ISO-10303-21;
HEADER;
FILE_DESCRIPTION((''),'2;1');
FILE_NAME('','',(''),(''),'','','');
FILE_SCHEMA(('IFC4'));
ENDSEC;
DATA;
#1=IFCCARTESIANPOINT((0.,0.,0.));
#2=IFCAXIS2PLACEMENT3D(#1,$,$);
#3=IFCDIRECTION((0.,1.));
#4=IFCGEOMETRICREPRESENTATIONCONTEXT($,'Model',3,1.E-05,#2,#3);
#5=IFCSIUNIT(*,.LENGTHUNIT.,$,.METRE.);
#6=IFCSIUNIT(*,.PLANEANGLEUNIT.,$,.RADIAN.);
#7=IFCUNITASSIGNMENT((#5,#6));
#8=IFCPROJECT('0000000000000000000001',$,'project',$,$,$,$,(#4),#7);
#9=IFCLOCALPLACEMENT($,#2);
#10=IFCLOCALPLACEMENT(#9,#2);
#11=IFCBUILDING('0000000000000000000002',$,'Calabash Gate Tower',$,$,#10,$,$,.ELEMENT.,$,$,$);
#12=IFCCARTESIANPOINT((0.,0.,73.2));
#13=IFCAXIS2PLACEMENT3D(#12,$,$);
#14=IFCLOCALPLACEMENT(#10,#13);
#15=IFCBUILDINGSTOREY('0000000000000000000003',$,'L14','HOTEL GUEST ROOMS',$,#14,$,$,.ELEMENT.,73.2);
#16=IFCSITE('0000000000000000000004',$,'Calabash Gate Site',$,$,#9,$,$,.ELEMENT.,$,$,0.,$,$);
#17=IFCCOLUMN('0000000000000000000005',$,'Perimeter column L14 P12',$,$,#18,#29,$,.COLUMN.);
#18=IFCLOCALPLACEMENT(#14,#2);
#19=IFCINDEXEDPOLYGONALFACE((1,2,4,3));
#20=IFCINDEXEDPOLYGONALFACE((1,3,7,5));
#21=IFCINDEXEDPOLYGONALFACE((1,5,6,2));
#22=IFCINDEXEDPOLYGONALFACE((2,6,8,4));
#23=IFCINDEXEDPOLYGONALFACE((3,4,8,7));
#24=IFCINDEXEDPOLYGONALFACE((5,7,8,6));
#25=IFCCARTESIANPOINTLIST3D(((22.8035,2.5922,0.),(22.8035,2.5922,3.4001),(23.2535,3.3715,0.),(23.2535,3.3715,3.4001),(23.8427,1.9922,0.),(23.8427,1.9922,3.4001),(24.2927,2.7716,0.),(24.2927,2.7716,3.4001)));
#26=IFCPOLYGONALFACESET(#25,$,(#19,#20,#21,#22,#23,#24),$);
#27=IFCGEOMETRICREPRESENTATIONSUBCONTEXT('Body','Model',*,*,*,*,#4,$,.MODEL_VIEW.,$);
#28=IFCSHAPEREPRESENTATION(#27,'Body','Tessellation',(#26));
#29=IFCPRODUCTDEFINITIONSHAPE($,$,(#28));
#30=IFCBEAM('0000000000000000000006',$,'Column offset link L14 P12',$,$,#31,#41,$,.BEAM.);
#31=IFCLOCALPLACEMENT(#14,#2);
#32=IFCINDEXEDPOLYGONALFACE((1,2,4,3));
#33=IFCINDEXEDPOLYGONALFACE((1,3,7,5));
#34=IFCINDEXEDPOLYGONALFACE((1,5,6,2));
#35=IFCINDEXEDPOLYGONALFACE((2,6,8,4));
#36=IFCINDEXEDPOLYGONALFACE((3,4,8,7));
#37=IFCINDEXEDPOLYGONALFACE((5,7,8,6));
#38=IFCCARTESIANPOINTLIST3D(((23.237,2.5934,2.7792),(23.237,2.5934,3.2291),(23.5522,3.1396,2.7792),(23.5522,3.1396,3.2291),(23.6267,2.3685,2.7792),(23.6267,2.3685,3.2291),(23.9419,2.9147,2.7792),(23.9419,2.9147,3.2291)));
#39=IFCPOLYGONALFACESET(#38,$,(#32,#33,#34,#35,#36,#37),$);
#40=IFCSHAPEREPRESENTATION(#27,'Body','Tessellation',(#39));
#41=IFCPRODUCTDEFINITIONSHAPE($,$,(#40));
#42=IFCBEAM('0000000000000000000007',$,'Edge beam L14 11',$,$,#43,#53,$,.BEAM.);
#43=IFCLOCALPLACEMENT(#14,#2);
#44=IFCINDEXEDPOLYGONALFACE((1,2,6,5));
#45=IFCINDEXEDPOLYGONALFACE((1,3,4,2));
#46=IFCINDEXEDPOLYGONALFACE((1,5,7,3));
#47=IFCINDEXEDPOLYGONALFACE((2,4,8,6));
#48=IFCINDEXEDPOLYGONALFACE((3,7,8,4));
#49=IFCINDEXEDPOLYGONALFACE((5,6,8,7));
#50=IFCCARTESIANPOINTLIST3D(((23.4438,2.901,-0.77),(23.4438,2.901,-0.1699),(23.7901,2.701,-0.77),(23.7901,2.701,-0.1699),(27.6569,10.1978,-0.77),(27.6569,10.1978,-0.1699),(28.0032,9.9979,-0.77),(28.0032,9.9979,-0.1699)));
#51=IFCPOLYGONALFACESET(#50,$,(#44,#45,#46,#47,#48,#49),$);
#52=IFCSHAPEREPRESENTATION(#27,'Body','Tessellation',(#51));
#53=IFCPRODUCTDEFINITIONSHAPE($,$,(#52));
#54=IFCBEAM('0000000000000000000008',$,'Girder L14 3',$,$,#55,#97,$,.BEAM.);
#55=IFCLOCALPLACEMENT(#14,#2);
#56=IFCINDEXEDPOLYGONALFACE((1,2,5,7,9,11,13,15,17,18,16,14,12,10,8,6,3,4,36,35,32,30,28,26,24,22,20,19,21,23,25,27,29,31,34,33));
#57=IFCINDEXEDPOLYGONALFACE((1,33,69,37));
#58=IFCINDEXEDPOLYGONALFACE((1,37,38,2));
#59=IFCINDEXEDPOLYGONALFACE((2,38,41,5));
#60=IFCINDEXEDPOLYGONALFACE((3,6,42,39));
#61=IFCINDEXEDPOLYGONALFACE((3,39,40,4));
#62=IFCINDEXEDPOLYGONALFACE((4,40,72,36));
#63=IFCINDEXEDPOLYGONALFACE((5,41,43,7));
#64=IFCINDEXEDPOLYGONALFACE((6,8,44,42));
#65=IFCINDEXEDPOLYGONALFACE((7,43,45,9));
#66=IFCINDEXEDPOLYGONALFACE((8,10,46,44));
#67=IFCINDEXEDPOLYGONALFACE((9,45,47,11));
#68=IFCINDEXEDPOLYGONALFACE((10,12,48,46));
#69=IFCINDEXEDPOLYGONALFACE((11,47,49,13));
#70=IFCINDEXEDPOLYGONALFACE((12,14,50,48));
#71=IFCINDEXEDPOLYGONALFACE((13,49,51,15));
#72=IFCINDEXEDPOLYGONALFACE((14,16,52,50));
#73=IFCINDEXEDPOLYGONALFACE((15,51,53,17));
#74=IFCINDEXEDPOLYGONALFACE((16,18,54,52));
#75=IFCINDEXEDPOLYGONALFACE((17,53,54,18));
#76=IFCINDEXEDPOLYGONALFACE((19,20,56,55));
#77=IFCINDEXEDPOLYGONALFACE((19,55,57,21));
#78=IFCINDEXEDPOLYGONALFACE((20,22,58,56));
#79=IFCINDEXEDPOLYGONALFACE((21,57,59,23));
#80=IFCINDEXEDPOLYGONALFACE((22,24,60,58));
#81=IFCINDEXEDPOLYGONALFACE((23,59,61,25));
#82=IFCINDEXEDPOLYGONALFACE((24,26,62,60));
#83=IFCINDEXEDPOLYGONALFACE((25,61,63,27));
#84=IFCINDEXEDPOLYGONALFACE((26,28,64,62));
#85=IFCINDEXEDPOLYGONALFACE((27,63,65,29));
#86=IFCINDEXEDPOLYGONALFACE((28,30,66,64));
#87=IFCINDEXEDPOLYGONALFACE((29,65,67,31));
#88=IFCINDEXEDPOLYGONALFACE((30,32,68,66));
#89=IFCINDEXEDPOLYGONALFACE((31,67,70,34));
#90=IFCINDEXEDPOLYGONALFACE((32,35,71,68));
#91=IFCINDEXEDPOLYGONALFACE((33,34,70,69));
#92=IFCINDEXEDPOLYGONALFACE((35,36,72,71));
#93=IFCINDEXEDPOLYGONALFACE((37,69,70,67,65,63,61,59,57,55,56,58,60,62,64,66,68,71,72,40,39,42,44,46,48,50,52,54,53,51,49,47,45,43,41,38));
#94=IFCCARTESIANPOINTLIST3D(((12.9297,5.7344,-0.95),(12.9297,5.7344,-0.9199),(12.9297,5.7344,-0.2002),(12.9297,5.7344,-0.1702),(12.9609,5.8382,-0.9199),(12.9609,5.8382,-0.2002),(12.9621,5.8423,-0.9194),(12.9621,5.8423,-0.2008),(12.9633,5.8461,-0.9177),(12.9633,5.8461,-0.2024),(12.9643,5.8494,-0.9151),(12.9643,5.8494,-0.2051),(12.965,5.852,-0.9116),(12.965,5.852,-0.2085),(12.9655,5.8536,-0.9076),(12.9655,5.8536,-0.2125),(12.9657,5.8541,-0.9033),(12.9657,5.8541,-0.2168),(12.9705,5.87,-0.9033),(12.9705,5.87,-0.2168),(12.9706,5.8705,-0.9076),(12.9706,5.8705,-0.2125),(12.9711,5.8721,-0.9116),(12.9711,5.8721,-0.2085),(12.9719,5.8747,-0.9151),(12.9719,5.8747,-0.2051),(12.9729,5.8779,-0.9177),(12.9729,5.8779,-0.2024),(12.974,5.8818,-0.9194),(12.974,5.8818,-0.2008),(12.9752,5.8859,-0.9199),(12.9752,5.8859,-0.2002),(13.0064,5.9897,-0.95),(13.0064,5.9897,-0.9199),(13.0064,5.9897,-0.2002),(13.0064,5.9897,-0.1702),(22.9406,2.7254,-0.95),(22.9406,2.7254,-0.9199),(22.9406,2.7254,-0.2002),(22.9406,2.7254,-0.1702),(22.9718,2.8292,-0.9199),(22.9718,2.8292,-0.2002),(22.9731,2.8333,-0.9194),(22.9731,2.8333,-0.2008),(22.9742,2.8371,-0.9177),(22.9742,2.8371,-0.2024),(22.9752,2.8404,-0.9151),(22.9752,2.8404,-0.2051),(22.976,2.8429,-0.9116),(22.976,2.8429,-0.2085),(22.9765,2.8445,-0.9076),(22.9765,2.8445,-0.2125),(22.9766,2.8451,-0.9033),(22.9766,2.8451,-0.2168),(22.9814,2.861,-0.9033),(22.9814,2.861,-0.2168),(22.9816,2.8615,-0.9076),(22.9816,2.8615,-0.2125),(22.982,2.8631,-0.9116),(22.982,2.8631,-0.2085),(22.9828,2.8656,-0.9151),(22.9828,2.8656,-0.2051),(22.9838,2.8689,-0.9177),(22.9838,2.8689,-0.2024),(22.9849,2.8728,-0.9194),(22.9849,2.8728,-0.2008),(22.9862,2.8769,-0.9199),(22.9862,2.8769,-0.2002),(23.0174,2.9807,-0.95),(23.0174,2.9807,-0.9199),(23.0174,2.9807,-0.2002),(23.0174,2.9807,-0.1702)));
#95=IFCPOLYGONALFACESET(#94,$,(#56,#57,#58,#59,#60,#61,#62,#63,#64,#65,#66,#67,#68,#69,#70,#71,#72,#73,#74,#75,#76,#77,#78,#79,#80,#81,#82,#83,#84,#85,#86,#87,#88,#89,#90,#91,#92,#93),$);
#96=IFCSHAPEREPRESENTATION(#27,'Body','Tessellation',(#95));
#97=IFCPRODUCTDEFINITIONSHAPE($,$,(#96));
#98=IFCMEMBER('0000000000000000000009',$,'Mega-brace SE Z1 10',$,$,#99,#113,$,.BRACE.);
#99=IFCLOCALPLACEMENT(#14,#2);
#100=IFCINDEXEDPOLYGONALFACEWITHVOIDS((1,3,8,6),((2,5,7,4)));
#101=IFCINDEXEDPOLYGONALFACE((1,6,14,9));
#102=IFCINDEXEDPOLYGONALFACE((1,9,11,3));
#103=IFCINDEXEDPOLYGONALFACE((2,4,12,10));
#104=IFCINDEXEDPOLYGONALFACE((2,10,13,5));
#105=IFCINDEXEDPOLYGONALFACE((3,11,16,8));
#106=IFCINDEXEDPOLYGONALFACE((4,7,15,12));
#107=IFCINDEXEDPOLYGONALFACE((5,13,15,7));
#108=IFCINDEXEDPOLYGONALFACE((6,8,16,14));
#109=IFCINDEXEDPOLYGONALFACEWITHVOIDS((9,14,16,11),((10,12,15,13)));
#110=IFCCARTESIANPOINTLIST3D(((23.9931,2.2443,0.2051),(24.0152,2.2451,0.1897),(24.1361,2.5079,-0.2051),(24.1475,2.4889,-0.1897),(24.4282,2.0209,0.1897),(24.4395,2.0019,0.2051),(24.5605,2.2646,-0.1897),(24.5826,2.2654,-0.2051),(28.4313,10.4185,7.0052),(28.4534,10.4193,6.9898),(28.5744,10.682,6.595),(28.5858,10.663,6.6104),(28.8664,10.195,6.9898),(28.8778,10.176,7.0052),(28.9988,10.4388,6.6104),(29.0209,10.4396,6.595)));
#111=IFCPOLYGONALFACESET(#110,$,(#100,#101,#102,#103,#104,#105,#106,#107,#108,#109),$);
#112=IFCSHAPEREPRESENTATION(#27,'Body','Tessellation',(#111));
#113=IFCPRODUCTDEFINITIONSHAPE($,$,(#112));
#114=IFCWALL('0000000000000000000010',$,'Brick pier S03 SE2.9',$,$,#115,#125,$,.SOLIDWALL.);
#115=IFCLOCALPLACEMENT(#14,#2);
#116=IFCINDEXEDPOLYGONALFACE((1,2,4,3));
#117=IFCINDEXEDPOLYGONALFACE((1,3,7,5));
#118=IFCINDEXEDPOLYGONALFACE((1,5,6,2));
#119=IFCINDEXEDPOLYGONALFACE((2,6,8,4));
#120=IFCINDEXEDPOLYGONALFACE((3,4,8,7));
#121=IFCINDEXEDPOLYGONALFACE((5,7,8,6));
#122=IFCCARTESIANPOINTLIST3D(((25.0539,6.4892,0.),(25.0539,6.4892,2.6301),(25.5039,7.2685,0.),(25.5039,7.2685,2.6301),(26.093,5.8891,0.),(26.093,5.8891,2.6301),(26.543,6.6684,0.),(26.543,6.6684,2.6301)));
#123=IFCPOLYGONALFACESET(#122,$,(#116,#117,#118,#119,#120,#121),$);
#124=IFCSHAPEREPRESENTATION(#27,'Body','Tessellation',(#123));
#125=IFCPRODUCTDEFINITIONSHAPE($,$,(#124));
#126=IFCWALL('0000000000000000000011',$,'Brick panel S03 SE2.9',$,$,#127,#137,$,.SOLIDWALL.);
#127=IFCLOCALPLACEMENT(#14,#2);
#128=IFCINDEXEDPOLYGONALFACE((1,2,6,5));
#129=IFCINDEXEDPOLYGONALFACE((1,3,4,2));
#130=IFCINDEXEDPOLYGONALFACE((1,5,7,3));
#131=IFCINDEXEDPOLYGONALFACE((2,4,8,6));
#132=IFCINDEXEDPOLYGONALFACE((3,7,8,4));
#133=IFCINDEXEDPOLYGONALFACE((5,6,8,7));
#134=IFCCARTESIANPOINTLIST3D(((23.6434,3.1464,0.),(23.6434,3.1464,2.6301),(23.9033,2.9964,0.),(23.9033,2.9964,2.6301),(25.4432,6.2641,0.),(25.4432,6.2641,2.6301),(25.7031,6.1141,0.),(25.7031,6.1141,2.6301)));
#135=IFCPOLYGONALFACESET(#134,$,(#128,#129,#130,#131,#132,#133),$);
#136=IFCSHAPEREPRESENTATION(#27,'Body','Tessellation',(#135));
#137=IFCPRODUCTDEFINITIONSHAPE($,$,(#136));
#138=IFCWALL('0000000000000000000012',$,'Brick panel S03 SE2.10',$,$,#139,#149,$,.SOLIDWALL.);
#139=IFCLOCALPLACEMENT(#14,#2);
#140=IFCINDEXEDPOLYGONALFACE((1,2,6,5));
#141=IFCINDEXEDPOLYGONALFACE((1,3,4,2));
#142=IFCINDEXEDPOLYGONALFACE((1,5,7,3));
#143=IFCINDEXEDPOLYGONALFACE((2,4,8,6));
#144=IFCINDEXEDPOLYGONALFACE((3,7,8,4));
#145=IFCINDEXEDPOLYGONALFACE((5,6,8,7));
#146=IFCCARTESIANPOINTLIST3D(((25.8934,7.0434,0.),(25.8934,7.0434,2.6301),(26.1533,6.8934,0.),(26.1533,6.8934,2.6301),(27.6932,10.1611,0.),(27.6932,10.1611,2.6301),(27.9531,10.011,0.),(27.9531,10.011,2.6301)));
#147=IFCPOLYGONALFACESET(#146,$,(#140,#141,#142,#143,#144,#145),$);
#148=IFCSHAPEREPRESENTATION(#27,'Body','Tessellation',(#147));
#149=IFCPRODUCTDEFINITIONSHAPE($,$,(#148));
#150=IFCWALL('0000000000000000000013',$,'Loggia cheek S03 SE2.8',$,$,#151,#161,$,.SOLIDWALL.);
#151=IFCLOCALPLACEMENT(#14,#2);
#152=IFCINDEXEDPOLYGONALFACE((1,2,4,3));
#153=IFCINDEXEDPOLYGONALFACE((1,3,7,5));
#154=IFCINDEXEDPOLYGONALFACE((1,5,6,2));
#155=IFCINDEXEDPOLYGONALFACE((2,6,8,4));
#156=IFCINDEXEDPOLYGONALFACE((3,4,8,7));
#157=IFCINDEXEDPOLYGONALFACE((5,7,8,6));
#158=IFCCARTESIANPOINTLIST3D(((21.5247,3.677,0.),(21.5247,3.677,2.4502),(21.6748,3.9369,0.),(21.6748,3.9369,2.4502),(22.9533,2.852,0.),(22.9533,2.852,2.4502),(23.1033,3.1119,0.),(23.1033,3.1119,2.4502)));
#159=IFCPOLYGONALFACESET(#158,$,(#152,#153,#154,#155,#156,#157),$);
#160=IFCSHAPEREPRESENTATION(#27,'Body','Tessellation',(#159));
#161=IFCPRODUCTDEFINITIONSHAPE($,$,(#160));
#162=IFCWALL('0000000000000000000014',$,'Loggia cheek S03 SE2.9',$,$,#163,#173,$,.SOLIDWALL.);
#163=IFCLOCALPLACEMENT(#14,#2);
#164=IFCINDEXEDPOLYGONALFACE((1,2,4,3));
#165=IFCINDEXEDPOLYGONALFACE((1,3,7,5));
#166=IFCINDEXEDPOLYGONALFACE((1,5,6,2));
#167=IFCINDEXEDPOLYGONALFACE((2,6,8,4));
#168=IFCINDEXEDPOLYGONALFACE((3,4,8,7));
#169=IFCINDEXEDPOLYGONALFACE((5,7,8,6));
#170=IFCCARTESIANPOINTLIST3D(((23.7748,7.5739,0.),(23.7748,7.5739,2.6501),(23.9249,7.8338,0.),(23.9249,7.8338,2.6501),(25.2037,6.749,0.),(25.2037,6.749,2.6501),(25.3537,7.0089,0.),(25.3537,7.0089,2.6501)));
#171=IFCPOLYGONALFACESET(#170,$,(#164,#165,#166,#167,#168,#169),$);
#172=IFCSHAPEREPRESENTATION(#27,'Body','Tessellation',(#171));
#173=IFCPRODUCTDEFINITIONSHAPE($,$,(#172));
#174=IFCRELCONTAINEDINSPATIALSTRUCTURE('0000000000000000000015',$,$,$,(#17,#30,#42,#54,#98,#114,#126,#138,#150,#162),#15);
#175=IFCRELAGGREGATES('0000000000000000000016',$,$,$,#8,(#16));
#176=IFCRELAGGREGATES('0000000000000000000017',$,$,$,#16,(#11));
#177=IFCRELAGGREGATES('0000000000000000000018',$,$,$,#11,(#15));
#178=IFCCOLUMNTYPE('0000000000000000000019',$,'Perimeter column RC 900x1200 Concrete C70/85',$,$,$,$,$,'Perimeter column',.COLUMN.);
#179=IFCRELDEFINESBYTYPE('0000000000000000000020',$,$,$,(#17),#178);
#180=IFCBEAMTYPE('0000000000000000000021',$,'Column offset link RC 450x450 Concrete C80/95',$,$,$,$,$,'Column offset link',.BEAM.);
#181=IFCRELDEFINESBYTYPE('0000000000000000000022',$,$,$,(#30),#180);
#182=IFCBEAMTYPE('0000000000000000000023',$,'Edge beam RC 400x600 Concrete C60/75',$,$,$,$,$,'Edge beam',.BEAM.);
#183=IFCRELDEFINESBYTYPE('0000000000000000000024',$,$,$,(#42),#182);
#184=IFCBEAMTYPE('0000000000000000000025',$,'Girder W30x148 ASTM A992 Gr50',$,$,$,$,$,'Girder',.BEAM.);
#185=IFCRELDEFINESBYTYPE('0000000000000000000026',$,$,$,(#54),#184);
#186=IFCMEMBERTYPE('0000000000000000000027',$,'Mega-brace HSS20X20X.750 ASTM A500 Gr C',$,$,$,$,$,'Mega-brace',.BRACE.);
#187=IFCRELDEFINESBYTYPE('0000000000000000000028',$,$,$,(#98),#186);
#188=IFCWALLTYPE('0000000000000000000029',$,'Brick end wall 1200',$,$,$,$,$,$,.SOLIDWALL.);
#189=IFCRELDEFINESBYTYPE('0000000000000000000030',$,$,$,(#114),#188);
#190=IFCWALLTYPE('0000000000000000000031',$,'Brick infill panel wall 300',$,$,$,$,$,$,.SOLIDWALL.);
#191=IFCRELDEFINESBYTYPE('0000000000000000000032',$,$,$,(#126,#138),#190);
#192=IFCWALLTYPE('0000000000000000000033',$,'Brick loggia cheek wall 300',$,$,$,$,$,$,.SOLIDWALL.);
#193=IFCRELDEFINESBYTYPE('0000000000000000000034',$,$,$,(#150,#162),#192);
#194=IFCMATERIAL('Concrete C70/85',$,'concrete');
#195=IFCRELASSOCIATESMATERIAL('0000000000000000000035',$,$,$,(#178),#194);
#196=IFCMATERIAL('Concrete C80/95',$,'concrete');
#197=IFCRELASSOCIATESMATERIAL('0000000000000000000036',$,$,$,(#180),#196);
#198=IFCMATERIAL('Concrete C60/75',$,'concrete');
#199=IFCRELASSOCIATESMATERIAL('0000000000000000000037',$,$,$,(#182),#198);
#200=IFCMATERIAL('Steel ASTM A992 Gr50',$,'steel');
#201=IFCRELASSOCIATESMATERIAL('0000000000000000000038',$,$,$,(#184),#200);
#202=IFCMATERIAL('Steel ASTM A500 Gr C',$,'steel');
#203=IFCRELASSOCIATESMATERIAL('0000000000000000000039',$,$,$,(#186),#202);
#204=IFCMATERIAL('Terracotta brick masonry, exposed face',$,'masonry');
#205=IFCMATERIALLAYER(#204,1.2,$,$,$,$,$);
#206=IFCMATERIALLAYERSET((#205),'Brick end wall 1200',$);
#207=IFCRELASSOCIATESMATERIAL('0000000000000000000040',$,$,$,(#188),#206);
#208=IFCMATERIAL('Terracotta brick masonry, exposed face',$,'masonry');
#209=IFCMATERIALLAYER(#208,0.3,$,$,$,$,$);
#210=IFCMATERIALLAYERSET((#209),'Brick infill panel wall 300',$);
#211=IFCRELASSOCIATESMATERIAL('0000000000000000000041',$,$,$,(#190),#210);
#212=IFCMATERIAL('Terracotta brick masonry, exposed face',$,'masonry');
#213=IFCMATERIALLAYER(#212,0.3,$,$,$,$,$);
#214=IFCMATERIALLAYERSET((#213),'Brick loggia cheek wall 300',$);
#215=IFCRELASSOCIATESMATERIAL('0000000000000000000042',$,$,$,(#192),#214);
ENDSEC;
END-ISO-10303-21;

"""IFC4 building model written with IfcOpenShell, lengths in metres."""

from ifc_helpers import new_model, si_unit, direction, frame, frame_2d, origin, origin_2d, place, context, subcontext, project, spatial, rectangle, hollow_rectangle, i_section, extrude, material, layer, layer_set, material_profile, profile_set, type_object, element, save


model = new_model("IFC4")

# Units and contexts
model_context = context("Model", 3, precision=1e-05, world=origin(), true_north=direction((0.0, 1.0)))
body_context = subcontext(model_context, "Body", "Model", "MODEL_VIEW")
ifc_project = project(units=[si_unit("LENGTHUNIT", "METRE"), si_unit("PLANEANGLEUNIT", "RADIAN")], contexts=[model_context])

# Site, building, storey
site_placement = place(None, origin())
site = spatial("IfcSite", under=ifc_project, at=site_placement, Name="Calabash Gate Site", CompositionType="ELEMENT", RefElevation=0.0)
building_placement = place(site_placement, origin())
building = spatial("IfcBuilding", under=site, at=building_placement, Name="Calabash Gate Tower", CompositionType="ELEMENT")
storey_placement = place(building_placement, frame((0.0, 0.0, 73.2)))
storey = spatial("IfcBuildingStorey", under=building, at=storey_placement, Name="L14", Description="HOTEL GUEST ROOMS", CompositionType="ELEMENT", Elevation=73.2)

# Column
ifc_material_1 = material(Name="Concrete C70/85", Category="concrete")
ifc_material_profile_1 = material_profile(ifc_material_1, rectangle(XDim=0.8999, YDim=1.2, at=origin_2d()))
ifc_profile_set_1 = profile_set([ifc_material_profile_1], Name="Concrete C70/85")
column_type = type_object("IfcColumnType", Name="Perimeter column RC 900x1200 Concrete C70/85", ElementType="Perimeter column", PredefinedType="COLUMN", material=ifc_profile_set_1)
column_placement = place(storey_placement, frame((23.5481, 2.6819, 0.0), z_axis=(0.0, 0.0, 1.0), x_axis=(0.5, 0.866025, 0.0)))
element("IfcColumn", 1, at=column_placement, inside=storey, type_object=column_type, Name="Perimeter column L14 P12", PredefinedType="COLUMN", context=body_context, shape_type="SweptSolid", body=[
    extrude(rectangle(XDim=0.8999, YDim=1.2, at=origin_2d()), origin(), (0.0, 0.0, 1.0), 3.4001),
])

# Beams
ifc_material_2 = material(Name="Concrete C80/95", Category="concrete")
ifc_material_profile_2 = material_profile(ifc_material_2, rectangle(XDim=0.45, YDim=0.45, at=origin_2d()))
ifc_profile_set_2 = profile_set([ifc_material_profile_2], Name="Concrete C80/95")
beam_type_1 = type_object("IfcBeamType", Name="Column offset link RC 450x450 Concrete C80/95", ElementType="Column offset link", PredefinedType="BEAM", material=ifc_profile_set_2)
beam_1_placement = place(storey_placement, frame((23.4319, 2.481, 3.0042), z_axis=(0.499845, 0.866115, 0.0), x_axis=(-0.866115, 0.499845, 0.0)))
element("IfcBeam", 2, at=beam_1_placement, inside=storey, type_object=beam_type_1, Name="Column offset link L14 P12", PredefinedType="BEAM", context=body_context, shape_type="SweptSolid", body=[
    extrude(rectangle(XDim=0.45, YDim=0.45, at=origin_2d()), origin(), (0.0, 0.0, 1.0), 0.6306),
])
ifc_material_3 = material(Name="Concrete C60/75", Category="concrete")
ifc_material_profile_3 = material_profile(ifc_material_3, rectangle(XDim=0.3999, YDim=0.6001, at=origin_2d()))
ifc_profile_set_3 = profile_set([ifc_material_profile_3], Name="Concrete C60/75")
beam_type_2 = type_object("IfcBeamType", Name="Edge beam RC 400x600 Concrete C60/75", ElementType="Edge beam", PredefinedType="BEAM", material=ifc_profile_set_3)
beam_2_placement = place(storey_placement, frame((23.6169, 2.801, -0.47), z_axis=(0.500025, 0.866011, 0.0), x_axis=(-0.866011, 0.500025, 0.0)))
element("IfcBeam", 3, at=beam_2_placement, inside=storey, type_object=beam_type_2, Name="Edge beam L14 11", PredefinedType="BEAM", context=body_context, shape_type="SweptSolid", body=[
    extrude(rectangle(XDim=0.3999, YDim=0.6001, at=origin_2d()), origin(), (0.0, 0.0, 1.0), 8.4258),
])
ifc_material_4 = material(Name="Steel ASTM A992 Gr50", Category="steel")
ifc_material_profile_4 = material_profile(ifc_material_4, i_section(OverallWidth=0.2666, OverallDepth=0.7798, WebThickness=0.0166, FlangeThickness=0.03, FilletRadius=0.0166, at=origin_2d()))
ifc_profile_set_4 = profile_set([ifc_material_profile_4], Name="Steel ASTM A992 Gr50")
beam_type_3 = type_object("IfcBeamType", Name="Girder W30x148 ASTM A992 Gr50", ElementType="Girder", PredefinedType="BEAM", material=ifc_profile_set_4)
beam_3_placement = place(storey_placement, frame((22.979, 2.853, -0.5601), z_axis=(-0.957675, 0.287851, 0.0), x_axis=(-0.287851, -0.957675, 0.0)))
element("IfcBeam", 4, at=beam_3_placement, inside=storey, type_object=beam_type_3, Name="Girder L14 3", PredefinedType="BEAM", context=body_context, shape_type="SweptSolid", body=[
    extrude(i_section(OverallWidth=0.2666, OverallDepth=0.7798, WebThickness=0.0166, FlangeThickness=0.03, FilletRadius=0.0166, at=origin_2d()), origin(), (0.0, 0.0, 1.0), 10.4534),
])

# Member
ifc_material_5 = material(Name="Steel ASTM A500 Gr C", Category="steel")
ifc_material_profile_5 = material_profile(ifc_material_5, hollow_rectangle(XDim=0.5081, YDim=0.5081, WallThickness=0.019, at=origin_2d()))
ifc_profile_set_5 = profile_set([ifc_material_profile_5], Name="Steel ASTM A500 Gr C")
member_type = type_object("IfcMemberType", Name="Mega-brace HSS20X20X.750 ASTM A500 Gr C", ElementType="Mega-brace", PredefinedType="BRACE", material=ifc_profile_set_5)
member_placement = place(storey_placement, frame((24.2878, 2.2549, 0.0), z_axis=(0.3852, 0.709438, 0.590185), x_axis=(-0.878814, 0.477165, 0.0)))
element("IfcMember", 5, at=member_placement, inside=storey, type_object=member_type, Name="Mega-brace SE Z1 10", PredefinedType="BRACE", context=body_context, shape_type="SweptSolid", body=[
    extrude(hollow_rectangle(XDim=0.5081, YDim=0.5081, WallThickness=0.019, at=origin_2d()), origin(), (0.0, 0.0, 1.0), 11.522),
])

# Walls
ifc_material_6 = material(Name="Terracotta brick masonry, exposed face", Category="masonry")
ifc_layer_1 = layer(ifc_material_6, 1.2)
ifc_layer_set_1 = layer_set([ifc_layer_1], Name="Brick end wall 1200")
wall_type_1 = type_object("IfcWallType", Name="Brick end wall 1200", PredefinedType="SOLIDWALL", material=ifc_layer_set_1)
wall_1_placement = place(storey_placement, frame((25.2788, 6.8789, 0.0), z_axis=(0.0, 0.0, 1.0), x_axis=(0.865955, -0.500122, 0.0)))
element("IfcWall", 6, at=wall_1_placement, inside=storey, type_object=wall_type_1, Name="Brick pier S03 SE2.9", PredefinedType="SOLIDWALL", context=body_context, shape_type="SweptSolid", body=[
    extrude(rectangle(XDim=1.2, YDim=0.8999, at=frame_2d((0.6001, 0.0))), origin(), (0.0, 0.0, 1.0), 2.6301),
])
ifc_material_7 = material(Name="Terracotta brick masonry, exposed face", Category="masonry")
ifc_layer_2 = layer(ifc_material_7, 0.3)
ifc_layer_set_2 = layer_set([ifc_layer_2], Name="Brick infill panel wall 300")
wall_type_2 = type_object("IfcWallType", Name="Brick infill panel wall 300", PredefinedType="SOLIDWALL", material=ifc_layer_set_2)
for number, where, z_axis, x_axis, name in (
    (7, (23.7734, 3.0715, 0.0), (0.0, 0.0, 1.0), (0.499961, 0.866048, 0.0), "Brick panel S03 SE2.9"),
    (8, (26.0234, 6.9685, 0.0), (0.0, 0.0, 1.0), (0.499961, 0.866048, 0.0), "Brick panel S03 SE2.10"),
):
    element("IfcWall", number, at=place(storey_placement, frame(where, z_axis=z_axis, x_axis=x_axis)), inside=storey, type_object=wall_type_2, Name=name, PredefinedType="SOLIDWALL", context=body_context, shape_type="SweptSolid", body=[
        extrude(rectangle(XDim=3.5999, YDim=0.3, at=frame_2d((1.7998, 0.0))), origin(), (0.0, 0.0, 1.0), 2.6301),
    ])
ifc_material_8 = material(Name="Terracotta brick masonry, exposed face", Category="masonry")
ifc_layer_3 = layer(ifc_material_8, 0.3)
ifc_layer_set_3 = layer_set([ifc_layer_3], Name="Brick loggia cheek wall 300")
wall_type_3 = type_object("IfcWallType", Name="Brick loggia cheek wall 300", PredefinedType="SOLIDWALL", material=ifc_layer_set_3)
wall_2_placement = place(storey_placement, frame((21.5999, 3.8069, 0.0), z_axis=(0.0, 0.0, 1.0), x_axis=(0.865966, -0.500103, 0.0)))
element("IfcWall", 9, at=wall_2_placement, inside=storey, type_object=wall_type_3, Name="Loggia cheek S03 SE2.8", PredefinedType="SOLIDWALL", context=body_context, shape_type="SweptSolid", body=[
    extrude(rectangle(XDim=1.6497, YDim=0.3, at=frame_2d((0.8247, 0.0))), origin(), (0.0, 0.0, 1.0), 2.4502),
])
wall_3_placement = place(storey_placement, frame((23.8499, 7.7039, 0.0), z_axis=(0.0, 0.0, 1.0), x_axis=(0.86604, -0.499974, 0.0)))
element("IfcWall", 10, at=wall_3_placement, inside=storey, type_object=wall_type_3, Name="Loggia cheek S03 SE2.9", PredefinedType="SOLIDWALL", context=body_context, shape_type="SweptSolid", body=[
    extrude(rectangle(XDim=1.6499, YDim=0.3, at=frame_2d((0.825, 0.0))), origin(), (0.0, 0.0, 1.0), 2.6501),
])

save(model, "model.ifc")
